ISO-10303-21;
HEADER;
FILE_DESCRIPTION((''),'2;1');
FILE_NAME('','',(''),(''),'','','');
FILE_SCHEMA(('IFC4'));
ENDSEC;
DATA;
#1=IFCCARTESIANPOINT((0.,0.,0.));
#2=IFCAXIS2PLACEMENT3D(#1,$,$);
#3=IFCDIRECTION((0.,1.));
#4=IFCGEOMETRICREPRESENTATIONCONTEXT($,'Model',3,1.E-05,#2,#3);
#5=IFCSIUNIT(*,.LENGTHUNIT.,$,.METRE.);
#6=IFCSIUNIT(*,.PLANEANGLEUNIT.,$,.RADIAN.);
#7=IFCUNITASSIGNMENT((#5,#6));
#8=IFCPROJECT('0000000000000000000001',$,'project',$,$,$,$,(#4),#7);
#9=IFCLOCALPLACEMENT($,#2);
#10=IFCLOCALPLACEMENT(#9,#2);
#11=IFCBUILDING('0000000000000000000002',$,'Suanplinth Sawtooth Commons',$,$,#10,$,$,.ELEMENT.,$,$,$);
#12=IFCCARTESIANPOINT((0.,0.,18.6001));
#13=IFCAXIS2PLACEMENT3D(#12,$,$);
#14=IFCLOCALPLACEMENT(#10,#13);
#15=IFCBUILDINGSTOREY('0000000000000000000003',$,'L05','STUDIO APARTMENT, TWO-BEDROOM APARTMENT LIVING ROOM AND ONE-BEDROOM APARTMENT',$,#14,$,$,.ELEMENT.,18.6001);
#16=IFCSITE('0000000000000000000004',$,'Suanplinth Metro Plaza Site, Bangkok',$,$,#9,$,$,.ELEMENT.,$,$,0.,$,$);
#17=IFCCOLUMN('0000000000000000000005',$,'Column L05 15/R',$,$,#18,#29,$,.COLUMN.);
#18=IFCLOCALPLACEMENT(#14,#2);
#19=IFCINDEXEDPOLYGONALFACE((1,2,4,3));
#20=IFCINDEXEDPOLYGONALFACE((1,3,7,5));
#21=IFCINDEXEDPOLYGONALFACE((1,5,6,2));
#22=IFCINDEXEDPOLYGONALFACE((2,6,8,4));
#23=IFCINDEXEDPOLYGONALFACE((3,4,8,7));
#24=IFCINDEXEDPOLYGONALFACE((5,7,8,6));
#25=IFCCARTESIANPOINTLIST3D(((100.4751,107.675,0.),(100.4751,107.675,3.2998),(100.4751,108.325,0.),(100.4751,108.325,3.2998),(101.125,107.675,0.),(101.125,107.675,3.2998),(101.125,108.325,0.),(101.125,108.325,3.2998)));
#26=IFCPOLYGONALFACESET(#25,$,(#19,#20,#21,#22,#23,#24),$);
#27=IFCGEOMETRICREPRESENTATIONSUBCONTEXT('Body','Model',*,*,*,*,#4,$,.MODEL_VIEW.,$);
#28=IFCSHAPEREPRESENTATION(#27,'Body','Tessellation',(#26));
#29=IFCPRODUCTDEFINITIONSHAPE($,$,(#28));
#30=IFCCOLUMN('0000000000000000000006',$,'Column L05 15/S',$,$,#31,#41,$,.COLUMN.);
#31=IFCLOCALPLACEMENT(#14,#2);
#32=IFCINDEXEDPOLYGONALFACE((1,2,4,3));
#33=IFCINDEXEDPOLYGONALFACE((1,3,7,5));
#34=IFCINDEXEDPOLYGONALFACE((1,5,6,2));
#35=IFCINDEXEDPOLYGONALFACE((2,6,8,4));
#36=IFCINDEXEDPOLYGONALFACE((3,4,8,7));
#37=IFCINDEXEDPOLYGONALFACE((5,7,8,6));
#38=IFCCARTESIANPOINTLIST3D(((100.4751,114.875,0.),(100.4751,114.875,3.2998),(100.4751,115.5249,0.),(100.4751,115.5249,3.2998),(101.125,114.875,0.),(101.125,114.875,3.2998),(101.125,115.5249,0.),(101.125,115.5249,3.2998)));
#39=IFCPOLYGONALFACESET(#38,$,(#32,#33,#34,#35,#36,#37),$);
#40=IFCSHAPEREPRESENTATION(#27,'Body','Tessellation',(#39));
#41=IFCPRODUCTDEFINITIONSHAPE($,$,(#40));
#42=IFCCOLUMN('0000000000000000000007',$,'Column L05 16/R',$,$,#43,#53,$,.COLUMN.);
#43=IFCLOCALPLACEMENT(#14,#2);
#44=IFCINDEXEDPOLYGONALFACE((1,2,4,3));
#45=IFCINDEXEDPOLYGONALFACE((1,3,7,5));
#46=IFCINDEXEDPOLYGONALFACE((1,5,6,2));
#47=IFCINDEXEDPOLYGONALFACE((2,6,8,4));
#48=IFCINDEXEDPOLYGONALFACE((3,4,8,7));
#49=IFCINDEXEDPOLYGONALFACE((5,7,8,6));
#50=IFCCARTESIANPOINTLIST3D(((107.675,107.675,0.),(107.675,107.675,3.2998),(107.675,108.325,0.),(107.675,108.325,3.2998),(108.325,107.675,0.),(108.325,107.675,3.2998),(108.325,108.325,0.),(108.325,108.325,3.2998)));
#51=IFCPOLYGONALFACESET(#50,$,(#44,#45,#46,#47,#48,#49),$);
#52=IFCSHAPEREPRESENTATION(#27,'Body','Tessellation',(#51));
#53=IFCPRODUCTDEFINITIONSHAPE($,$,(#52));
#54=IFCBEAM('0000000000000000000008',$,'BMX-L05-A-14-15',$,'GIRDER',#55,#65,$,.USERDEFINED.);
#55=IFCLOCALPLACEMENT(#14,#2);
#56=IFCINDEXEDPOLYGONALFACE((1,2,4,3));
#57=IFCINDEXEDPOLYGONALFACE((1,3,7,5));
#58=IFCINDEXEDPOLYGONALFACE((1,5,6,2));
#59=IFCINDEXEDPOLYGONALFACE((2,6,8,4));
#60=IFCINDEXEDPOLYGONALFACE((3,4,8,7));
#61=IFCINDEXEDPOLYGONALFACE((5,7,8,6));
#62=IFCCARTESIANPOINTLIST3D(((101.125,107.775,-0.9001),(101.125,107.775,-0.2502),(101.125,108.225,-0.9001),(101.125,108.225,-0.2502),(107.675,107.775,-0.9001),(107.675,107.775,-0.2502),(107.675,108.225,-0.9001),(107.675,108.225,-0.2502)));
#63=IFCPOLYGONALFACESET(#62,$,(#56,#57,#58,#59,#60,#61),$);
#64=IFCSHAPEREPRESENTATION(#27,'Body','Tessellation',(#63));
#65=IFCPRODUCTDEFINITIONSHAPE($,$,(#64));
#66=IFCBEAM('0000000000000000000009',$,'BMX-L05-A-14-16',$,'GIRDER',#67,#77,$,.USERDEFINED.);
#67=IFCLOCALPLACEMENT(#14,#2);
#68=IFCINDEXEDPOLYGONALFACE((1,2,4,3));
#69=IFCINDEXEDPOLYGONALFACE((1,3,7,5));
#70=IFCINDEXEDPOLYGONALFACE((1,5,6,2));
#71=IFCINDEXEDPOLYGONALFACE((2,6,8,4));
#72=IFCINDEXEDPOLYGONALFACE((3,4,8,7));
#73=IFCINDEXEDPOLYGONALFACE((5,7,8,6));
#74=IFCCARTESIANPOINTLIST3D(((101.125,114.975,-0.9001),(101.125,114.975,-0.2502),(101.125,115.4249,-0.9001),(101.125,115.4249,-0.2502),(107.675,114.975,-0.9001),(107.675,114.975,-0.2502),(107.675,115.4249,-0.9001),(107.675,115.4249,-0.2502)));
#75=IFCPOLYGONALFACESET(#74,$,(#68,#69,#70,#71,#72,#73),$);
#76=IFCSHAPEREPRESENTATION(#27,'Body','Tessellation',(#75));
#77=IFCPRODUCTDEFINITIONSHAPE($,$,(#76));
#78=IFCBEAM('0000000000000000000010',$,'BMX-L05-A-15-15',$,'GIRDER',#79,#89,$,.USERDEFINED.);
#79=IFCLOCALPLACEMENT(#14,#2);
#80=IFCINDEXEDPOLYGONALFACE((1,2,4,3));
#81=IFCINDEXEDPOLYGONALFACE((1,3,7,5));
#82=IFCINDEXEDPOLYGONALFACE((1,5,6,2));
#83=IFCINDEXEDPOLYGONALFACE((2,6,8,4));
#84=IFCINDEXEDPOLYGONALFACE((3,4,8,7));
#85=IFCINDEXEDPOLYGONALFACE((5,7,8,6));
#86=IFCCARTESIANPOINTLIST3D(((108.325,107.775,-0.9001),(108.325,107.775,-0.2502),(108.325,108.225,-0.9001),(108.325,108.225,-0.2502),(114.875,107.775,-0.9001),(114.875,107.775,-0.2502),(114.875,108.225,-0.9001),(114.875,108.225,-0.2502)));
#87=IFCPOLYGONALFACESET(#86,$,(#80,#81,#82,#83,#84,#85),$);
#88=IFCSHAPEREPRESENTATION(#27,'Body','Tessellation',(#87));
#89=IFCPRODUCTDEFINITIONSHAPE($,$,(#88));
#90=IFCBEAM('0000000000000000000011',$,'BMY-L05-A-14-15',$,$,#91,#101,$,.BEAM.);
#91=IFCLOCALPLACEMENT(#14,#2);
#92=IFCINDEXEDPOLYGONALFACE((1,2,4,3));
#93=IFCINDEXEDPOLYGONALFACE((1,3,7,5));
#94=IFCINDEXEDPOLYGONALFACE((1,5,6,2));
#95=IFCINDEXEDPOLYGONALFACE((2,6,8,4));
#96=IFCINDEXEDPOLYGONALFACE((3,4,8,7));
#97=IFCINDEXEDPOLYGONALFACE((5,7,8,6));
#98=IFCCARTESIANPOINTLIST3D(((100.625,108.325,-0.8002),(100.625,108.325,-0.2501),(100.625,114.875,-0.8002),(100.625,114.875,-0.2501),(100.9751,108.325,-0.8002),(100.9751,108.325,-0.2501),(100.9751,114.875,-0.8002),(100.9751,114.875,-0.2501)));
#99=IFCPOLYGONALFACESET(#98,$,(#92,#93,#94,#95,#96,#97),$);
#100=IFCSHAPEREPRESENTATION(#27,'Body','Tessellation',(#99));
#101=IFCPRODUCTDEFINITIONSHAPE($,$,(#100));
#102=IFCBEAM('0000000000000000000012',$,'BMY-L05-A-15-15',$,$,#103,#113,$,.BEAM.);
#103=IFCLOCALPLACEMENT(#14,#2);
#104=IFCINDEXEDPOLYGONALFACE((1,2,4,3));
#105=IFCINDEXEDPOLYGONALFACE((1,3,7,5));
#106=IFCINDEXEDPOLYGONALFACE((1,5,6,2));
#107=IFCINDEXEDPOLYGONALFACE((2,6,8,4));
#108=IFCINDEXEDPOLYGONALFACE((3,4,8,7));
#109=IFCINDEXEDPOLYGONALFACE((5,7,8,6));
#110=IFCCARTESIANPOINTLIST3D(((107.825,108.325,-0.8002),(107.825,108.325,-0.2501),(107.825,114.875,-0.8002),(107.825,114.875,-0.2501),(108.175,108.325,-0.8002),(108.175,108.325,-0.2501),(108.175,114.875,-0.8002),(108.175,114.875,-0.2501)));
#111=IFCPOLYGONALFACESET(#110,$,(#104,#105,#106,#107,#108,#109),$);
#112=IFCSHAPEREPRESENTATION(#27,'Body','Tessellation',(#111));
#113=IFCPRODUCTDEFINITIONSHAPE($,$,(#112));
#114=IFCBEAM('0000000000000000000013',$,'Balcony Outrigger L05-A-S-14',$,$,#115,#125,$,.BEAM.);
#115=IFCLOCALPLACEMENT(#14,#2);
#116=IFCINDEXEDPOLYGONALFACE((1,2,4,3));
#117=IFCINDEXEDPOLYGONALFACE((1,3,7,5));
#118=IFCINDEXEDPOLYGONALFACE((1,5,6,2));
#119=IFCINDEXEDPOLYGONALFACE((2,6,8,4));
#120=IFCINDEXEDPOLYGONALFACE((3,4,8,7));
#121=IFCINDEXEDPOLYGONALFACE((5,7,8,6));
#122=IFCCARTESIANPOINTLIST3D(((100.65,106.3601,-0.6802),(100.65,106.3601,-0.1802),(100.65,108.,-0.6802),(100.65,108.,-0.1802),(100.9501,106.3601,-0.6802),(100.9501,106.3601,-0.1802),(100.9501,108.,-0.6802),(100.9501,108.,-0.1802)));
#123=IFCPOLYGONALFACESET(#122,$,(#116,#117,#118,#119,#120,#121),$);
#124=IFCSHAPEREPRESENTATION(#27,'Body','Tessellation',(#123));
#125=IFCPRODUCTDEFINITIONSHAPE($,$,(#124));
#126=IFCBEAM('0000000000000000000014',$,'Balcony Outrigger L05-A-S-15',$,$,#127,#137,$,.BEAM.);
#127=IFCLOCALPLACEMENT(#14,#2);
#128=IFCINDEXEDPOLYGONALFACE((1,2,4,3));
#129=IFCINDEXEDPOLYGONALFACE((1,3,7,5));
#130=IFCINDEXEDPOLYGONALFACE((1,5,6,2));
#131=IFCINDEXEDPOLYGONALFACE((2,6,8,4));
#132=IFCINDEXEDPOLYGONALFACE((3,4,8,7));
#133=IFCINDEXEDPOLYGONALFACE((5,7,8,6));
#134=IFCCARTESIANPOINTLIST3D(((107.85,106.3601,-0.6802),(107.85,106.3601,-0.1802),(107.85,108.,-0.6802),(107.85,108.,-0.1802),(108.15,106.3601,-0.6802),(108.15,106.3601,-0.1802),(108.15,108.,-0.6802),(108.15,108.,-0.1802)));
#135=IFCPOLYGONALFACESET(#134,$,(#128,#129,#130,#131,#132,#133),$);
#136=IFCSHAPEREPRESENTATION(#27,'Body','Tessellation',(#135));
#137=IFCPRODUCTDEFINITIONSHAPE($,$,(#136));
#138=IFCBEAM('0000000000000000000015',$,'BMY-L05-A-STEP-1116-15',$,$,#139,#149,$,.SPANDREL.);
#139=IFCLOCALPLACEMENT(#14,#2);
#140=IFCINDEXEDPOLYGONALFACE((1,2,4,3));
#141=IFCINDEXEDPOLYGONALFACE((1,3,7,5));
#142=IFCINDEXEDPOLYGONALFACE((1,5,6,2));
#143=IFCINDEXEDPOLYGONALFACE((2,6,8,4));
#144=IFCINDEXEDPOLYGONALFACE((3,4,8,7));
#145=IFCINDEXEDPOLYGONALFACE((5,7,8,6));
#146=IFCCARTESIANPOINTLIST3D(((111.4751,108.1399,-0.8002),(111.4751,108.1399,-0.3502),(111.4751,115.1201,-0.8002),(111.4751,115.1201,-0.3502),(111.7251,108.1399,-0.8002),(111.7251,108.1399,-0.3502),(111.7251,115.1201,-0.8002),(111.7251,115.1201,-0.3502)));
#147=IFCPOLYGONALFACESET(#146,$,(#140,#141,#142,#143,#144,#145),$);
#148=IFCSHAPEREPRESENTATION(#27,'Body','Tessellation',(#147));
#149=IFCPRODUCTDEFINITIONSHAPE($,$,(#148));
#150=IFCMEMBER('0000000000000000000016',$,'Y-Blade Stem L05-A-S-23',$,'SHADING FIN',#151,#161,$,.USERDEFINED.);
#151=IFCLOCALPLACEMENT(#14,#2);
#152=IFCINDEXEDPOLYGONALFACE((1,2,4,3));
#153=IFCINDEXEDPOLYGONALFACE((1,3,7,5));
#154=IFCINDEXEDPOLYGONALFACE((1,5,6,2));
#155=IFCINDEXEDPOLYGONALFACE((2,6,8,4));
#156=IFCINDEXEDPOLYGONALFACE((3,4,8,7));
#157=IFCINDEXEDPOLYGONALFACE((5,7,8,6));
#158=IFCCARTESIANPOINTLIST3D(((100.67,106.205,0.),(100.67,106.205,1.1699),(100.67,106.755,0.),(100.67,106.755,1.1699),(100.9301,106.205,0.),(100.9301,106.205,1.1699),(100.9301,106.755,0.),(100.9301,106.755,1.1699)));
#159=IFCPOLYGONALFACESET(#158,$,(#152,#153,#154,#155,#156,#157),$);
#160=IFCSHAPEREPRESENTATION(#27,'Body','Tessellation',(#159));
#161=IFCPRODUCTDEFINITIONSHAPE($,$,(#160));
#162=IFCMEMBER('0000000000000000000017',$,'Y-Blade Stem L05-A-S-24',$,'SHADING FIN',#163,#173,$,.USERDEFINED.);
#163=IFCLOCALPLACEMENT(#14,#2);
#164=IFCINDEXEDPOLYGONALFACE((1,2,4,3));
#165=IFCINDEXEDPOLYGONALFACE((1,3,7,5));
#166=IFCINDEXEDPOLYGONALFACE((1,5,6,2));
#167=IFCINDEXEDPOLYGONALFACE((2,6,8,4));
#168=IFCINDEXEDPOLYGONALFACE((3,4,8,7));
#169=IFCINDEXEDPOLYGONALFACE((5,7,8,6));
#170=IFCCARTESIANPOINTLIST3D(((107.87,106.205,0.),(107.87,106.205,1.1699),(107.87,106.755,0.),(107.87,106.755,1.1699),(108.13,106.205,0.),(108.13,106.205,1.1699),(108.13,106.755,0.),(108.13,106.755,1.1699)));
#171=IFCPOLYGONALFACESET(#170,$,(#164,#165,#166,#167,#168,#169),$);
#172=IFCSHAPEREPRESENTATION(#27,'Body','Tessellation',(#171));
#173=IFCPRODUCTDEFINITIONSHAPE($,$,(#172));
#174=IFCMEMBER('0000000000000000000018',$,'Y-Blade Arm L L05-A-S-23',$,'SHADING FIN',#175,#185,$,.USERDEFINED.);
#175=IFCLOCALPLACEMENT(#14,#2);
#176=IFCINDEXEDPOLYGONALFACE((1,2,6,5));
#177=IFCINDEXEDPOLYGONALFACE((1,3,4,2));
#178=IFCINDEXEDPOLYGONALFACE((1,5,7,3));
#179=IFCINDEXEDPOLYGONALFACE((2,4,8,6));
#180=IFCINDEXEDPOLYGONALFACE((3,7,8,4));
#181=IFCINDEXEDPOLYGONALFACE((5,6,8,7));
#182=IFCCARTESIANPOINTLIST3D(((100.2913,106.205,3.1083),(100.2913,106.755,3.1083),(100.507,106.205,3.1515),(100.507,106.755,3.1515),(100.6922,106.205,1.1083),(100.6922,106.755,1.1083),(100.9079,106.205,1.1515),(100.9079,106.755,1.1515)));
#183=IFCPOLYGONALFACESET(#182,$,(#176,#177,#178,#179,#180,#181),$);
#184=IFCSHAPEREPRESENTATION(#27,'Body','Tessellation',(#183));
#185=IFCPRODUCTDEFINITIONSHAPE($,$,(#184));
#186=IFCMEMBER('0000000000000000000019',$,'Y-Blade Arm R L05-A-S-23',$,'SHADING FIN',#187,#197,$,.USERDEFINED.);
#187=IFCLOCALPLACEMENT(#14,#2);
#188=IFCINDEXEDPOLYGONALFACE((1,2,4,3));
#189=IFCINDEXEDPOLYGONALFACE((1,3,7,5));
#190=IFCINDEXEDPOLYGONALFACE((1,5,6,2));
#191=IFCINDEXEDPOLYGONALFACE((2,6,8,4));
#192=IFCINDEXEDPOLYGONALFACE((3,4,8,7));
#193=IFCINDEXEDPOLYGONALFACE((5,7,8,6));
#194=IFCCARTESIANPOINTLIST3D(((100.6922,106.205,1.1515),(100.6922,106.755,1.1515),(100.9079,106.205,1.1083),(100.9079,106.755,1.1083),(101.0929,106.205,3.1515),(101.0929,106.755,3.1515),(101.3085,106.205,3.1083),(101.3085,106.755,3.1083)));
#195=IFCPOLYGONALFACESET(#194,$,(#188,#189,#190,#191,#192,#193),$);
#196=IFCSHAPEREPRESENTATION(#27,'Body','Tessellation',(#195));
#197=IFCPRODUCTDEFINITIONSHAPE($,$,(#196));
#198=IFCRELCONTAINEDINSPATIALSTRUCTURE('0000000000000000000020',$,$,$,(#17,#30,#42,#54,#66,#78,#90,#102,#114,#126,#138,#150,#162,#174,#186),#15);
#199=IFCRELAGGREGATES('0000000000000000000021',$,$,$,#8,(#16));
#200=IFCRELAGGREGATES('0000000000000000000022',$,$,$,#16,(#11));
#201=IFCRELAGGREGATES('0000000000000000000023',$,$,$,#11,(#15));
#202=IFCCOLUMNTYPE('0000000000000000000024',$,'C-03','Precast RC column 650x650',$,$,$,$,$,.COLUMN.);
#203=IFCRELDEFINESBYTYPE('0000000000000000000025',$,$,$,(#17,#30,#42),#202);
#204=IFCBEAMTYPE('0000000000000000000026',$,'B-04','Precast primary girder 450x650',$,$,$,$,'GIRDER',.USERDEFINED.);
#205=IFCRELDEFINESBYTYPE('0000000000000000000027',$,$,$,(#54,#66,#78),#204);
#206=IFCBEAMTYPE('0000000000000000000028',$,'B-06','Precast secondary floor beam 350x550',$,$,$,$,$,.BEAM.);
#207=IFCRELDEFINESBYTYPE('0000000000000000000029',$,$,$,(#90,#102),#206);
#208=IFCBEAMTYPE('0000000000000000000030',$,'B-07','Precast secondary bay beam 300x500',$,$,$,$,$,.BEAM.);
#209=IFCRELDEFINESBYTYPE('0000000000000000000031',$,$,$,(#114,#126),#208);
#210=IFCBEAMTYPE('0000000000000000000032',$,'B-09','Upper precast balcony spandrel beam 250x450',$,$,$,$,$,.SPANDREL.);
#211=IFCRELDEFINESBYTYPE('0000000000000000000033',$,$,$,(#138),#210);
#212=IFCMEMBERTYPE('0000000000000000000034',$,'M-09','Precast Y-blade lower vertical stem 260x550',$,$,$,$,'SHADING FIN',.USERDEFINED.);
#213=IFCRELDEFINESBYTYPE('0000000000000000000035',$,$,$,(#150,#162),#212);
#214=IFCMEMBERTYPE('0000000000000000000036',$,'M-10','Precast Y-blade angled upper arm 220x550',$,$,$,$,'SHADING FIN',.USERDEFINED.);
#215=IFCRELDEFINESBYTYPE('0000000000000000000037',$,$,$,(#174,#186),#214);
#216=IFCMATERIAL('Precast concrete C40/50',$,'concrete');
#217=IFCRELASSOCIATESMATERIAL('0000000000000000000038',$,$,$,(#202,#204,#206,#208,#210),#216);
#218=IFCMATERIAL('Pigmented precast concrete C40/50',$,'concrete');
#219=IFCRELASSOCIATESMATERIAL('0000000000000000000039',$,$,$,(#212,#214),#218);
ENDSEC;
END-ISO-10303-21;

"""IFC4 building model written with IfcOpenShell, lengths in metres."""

from ifc_helpers import new_model, si_unit, direction, frame, origin, origin_2d, place, context, subcontext, project, spatial, rectangle, extrude, material, material_profile, profile_set, type_object, element, save


model = new_model("IFC4")

# Units and contexts
model_context = context("Model", 3, precision=1e-05, world=origin(), true_north=direction((0.0, 1.0)))
body_context = subcontext(model_context, "Body", "Model", "MODEL_VIEW")
ifc_project = project(units=[si_unit("LENGTHUNIT", "METRE"), si_unit("PLANEANGLEUNIT", "RADIAN")], contexts=[model_context])

# Site, building, storey
site_placement = place(None, origin())
site = spatial("IfcSite", under=ifc_project, at=site_placement, Name="Suanplinth Metro Plaza Site, Bangkok", CompositionType="ELEMENT", RefElevation=0.0)
building_placement = place(site_placement, origin())
building = spatial("IfcBuilding", under=site, at=building_placement, Name="Suanplinth Sawtooth Commons", CompositionType="ELEMENT")
storey_placement = place(building_placement, frame((0.0, 0.0, 18.6001)))
storey = spatial("IfcBuildingStorey", under=building, at=storey_placement, Name="L05", Description="STUDIO APARTMENT, TWO-BEDROOM APARTMENT LIVING ROOM AND ONE-BEDROOM APARTMENT", CompositionType="ELEMENT", Elevation=18.6001)

# Columns
ifc_material_1 = material(Name="Precast concrete C40/50", Category="concrete")
ifc_material_profile_1 = material_profile(ifc_material_1, rectangle(XDim=0.6499, YDim=0.6499, at=origin_2d()), Name="PC-COL 650x650")
ifc_profile_set_1 = profile_set([ifc_material_profile_1], Name="Precast concrete C40/50")
column_type = type_object("IfcColumnType", Name="C-03", Description="Precast RC column 650x650", PredefinedType="COLUMN", material=ifc_profile_set_1)
for number, where, z_axis, x_axis, name in (
    (1, (100.8, 108.0, 0.0), (0.0, 0.0, 1.0), (1.0, 0.0, 0.0), "Column L05 15/R"),
    (2, (100.8, 115.2, 0.0), (0.0, 0.0, 1.0), (1.0, 0.0, 0.0), "Column L05 15/S"),
    (3, (108.0, 108.0, 0.0), (0.0, 0.0, 1.0), (1.0, 0.0, 0.0), "Column L05 16/R"),
):
    element("IfcColumn", number, at=place(storey_placement, frame(where, z_axis=z_axis, x_axis=x_axis)), inside=storey, type_object=column_type, Name=name, PredefinedType="COLUMN", context=body_context, shape_type="SweptSolid", body=[
        extrude(rectangle(XDim=0.6499, YDim=0.6499, at=origin_2d()), origin(), (0.0, 0.0, 1.0), 3.2998),
    ])

# Beams
ifc_material_profile_2 = material_profile(ifc_material_1, rectangle(XDim=0.45, YDim=0.6499, at=origin_2d()), Name="PC-GDR 450x650")
ifc_profile_set_2 = profile_set([ifc_material_profile_2], Name="Precast concrete C40/50")
beam_type_1 = type_object("IfcBeamType", Name="B-04", Description="Precast primary girder 450x650", ElementType="GIRDER", PredefinedType="USERDEFINED", material=ifc_profile_set_2)
for number, where, z_axis, x_axis, name in (
    (4, (101.125, 108.0, -0.5752), (1.0, 0.0, 0.0), (0.0, 1.0, 0.0), "BMX-L05-A-14-15"),
    (5, (101.125, 115.2, -0.5752), (1.0, 0.0, 0.0), (0.0, 1.0, 0.0), "BMX-L05-A-14-16"),
    (6, (108.325, 108.0, -0.5752), (1.0, 0.0, 0.0), (0.0, 1.0, 0.0), "BMX-L05-A-15-15"),
):
    element("IfcBeam", number, at=place(storey_placement, frame(where, z_axis=z_axis, x_axis=x_axis)), inside=storey, type_object=beam_type_1, Name=name, ObjectType="GIRDER", PredefinedType="USERDEFINED", context=body_context, shape_type="SweptSolid", body=[
        extrude(rectangle(XDim=0.45, YDim=0.6499, at=origin_2d()), origin(), (0.0, 0.0, 1.0), 6.55),
    ])
ifc_material_profile_3 = material_profile(ifc_material_1, rectangle(XDim=0.3501, YDim=0.55, at=origin_2d()), Name="PC-BM 350x550")
ifc_profile_set_3 = profile_set([ifc_material_profile_3], Name="Precast concrete C40/50")
beam_type_2 = type_object("IfcBeamType", Name="B-06", Description="Precast secondary floor beam 350x550", PredefinedType="BEAM", material=ifc_profile_set_3)
for number, where, z_axis, x_axis, name in (
    (7, (100.8, 108.325, -0.5251), (0.0, 1.0, 0.0), (-1.0, 0.0, 0.0), "BMY-L05-A-14-15"),
    (8, (108.0, 108.325, -0.5251), (0.0, 1.0, 0.0), (-1.0, 0.0, 0.0), "BMY-L05-A-15-15"),
):
    element("IfcBeam", number, at=place(storey_placement, frame(where, z_axis=z_axis, x_axis=x_axis)), inside=storey, type_object=beam_type_2, Name=name, PredefinedType="BEAM", context=body_context, shape_type="SweptSolid", body=[
        extrude(rectangle(XDim=0.3501, YDim=0.55, at=origin_2d()), origin(), (0.0, 0.0, 1.0), 6.55),
    ])
ifc_material_profile_4 = material_profile(ifc_material_1, rectangle(XDim=0.3, YDim=0.5, at=origin_2d()), Name="PC-BM 300x500")
ifc_profile_set_4 = profile_set([ifc_material_profile_4], Name="Precast concrete C40/50")
beam_type_3 = type_object("IfcBeamType", Name="B-07", Description="Precast secondary bay beam 300x500", PredefinedType="BEAM", material=ifc_profile_set_4)
for number, where, z_axis, x_axis, name in (
    (9, (100.8, 108.0, -0.4302), (0.0, -1.0, 0.0), (1.0, 0.0, 0.0), "Balcony Outrigger L05-A-S-14"),
    (10, (108.0, 108.0, -0.4302), (0.0, -1.0, 0.0), (1.0, 0.0, 0.0), "Balcony Outrigger L05-A-S-15"),
):
    element("IfcBeam", number, at=place(storey_placement, frame(where, z_axis=z_axis, x_axis=x_axis)), inside=storey, type_object=beam_type_3, Name=name, PredefinedType="BEAM", context=body_context, shape_type="SweptSolid", body=[
        extrude(rectangle(XDim=0.3, YDim=0.5, at=origin_2d()), origin(), (0.0, 0.0, 1.0), 1.6399),
    ])
ifc_material_profile_5 = material_profile(ifc_material_1, rectangle(XDim=0.25, YDim=0.45, at=origin_2d()), Name="PC-SP 250x450")
ifc_profile_set_5 = profile_set([ifc_material_profile_5], Name="Precast concrete C40/50")
beam_type_4 = type_object("IfcBeamType", Name="B-09", Description="Upper precast balcony spandrel beam 250x450", PredefinedType="SPANDREL", material=ifc_profile_set_5)
beam_placement = place(storey_placement, frame((111.6001, 108.1399, -0.5752), z_axis=(0.0, 1.0, 0.0), x_axis=(-1.0, 0.0, 0.0)))
element("IfcBeam", 11, at=beam_placement, inside=storey, type_object=beam_type_4, Name="BMY-L05-A-STEP-1116-15", PredefinedType="SPANDREL", context=body_context, shape_type="SweptSolid", body=[
    extrude(rectangle(XDim=0.25, YDim=0.45, at=origin_2d()), origin(), (0.0, 0.0, 1.0), 6.9802),
])

# Members
ifc_material_2 = material(Name="Pigmented precast concrete C40/50", Category="concrete")
ifc_material_profile_6 = material_profile(ifc_material_2, rectangle(XDim=0.26, YDim=0.55, at=origin_2d()), Name="PC-FIN 260x550")
ifc_profile_set_6 = profile_set([ifc_material_profile_6], Name="Pigmented precast concrete C40/50")
member_type_1 = type_object("IfcMemberType", Name="M-09", Description="Precast Y-blade lower vertical stem 260x550", ElementType="SHADING FIN", PredefinedType="USERDEFINED", material=ifc_profile_set_6)
for number, where, z_axis, x_axis, name in (
    (12, (100.8, 106.48, 0.0), (0.0, 0.0, 1.0), (1.0, 0.0, 0.0), "Y-Blade Stem L05-A-S-23"),
    (13, (108.0, 106.48, 0.0), (0.0, 0.0, 1.0), (1.0, 0.0, 0.0), "Y-Blade Stem L05-A-S-24"),
):
    element("IfcMember", number, at=place(storey_placement, frame(where, z_axis=z_axis, x_axis=x_axis)), inside=storey, type_object=member_type_1, Name=name, ObjectType="SHADING FIN", PredefinedType="USERDEFINED", context=body_context, shape_type="SweptSolid", body=[
        extrude(rectangle(XDim=0.26, YDim=0.55, at=origin_2d()), origin(), (0.0, 0.0, 1.0), 1.1699),
    ])
ifc_material_profile_7 = material_profile(ifc_material_2, rectangle(XDim=0.22, YDim=0.55, at=origin_2d()), Name="PC-FIN 220x550")
ifc_profile_set_7 = profile_set([ifc_material_profile_7], Name="Pigmented precast concrete C40/50")
member_type_2 = type_object("IfcMemberType", Name="M-10", Description="Precast Y-blade angled upper arm 220x550", ElementType="SHADING FIN", PredefinedType="USERDEFINED", material=ifc_profile_set_7)
for number, where, z_axis, x_axis, name in (
    (14, (100.8, 106.48, 1.1299), (-0.19653, 0.0, 0.980498), (0.980498, 0.0, 0.19653), "Y-Blade Arm L L05-A-S-23"),
    (15, (100.8, 106.48, 1.1299), (0.196415, 0.0, 0.980521), (-0.980521, 0.0, 0.196415), "Y-Blade Arm R L05-A-S-23"),
):
    element("IfcMember", number, at=place(storey_placement, frame(where, z_axis=z_axis, x_axis=x_axis)), inside=storey, type_object=member_type_2, Name=name, ObjectType="SHADING FIN", PredefinedType="USERDEFINED", context=body_context, shape_type="SweptSolid", body=[
        extrude(rectangle(XDim=0.22, YDim=0.55, at=origin_2d()), origin(), (0.0, 0.0, 1.0), 2.0398),
    ])

save(model, "model.ifc")
